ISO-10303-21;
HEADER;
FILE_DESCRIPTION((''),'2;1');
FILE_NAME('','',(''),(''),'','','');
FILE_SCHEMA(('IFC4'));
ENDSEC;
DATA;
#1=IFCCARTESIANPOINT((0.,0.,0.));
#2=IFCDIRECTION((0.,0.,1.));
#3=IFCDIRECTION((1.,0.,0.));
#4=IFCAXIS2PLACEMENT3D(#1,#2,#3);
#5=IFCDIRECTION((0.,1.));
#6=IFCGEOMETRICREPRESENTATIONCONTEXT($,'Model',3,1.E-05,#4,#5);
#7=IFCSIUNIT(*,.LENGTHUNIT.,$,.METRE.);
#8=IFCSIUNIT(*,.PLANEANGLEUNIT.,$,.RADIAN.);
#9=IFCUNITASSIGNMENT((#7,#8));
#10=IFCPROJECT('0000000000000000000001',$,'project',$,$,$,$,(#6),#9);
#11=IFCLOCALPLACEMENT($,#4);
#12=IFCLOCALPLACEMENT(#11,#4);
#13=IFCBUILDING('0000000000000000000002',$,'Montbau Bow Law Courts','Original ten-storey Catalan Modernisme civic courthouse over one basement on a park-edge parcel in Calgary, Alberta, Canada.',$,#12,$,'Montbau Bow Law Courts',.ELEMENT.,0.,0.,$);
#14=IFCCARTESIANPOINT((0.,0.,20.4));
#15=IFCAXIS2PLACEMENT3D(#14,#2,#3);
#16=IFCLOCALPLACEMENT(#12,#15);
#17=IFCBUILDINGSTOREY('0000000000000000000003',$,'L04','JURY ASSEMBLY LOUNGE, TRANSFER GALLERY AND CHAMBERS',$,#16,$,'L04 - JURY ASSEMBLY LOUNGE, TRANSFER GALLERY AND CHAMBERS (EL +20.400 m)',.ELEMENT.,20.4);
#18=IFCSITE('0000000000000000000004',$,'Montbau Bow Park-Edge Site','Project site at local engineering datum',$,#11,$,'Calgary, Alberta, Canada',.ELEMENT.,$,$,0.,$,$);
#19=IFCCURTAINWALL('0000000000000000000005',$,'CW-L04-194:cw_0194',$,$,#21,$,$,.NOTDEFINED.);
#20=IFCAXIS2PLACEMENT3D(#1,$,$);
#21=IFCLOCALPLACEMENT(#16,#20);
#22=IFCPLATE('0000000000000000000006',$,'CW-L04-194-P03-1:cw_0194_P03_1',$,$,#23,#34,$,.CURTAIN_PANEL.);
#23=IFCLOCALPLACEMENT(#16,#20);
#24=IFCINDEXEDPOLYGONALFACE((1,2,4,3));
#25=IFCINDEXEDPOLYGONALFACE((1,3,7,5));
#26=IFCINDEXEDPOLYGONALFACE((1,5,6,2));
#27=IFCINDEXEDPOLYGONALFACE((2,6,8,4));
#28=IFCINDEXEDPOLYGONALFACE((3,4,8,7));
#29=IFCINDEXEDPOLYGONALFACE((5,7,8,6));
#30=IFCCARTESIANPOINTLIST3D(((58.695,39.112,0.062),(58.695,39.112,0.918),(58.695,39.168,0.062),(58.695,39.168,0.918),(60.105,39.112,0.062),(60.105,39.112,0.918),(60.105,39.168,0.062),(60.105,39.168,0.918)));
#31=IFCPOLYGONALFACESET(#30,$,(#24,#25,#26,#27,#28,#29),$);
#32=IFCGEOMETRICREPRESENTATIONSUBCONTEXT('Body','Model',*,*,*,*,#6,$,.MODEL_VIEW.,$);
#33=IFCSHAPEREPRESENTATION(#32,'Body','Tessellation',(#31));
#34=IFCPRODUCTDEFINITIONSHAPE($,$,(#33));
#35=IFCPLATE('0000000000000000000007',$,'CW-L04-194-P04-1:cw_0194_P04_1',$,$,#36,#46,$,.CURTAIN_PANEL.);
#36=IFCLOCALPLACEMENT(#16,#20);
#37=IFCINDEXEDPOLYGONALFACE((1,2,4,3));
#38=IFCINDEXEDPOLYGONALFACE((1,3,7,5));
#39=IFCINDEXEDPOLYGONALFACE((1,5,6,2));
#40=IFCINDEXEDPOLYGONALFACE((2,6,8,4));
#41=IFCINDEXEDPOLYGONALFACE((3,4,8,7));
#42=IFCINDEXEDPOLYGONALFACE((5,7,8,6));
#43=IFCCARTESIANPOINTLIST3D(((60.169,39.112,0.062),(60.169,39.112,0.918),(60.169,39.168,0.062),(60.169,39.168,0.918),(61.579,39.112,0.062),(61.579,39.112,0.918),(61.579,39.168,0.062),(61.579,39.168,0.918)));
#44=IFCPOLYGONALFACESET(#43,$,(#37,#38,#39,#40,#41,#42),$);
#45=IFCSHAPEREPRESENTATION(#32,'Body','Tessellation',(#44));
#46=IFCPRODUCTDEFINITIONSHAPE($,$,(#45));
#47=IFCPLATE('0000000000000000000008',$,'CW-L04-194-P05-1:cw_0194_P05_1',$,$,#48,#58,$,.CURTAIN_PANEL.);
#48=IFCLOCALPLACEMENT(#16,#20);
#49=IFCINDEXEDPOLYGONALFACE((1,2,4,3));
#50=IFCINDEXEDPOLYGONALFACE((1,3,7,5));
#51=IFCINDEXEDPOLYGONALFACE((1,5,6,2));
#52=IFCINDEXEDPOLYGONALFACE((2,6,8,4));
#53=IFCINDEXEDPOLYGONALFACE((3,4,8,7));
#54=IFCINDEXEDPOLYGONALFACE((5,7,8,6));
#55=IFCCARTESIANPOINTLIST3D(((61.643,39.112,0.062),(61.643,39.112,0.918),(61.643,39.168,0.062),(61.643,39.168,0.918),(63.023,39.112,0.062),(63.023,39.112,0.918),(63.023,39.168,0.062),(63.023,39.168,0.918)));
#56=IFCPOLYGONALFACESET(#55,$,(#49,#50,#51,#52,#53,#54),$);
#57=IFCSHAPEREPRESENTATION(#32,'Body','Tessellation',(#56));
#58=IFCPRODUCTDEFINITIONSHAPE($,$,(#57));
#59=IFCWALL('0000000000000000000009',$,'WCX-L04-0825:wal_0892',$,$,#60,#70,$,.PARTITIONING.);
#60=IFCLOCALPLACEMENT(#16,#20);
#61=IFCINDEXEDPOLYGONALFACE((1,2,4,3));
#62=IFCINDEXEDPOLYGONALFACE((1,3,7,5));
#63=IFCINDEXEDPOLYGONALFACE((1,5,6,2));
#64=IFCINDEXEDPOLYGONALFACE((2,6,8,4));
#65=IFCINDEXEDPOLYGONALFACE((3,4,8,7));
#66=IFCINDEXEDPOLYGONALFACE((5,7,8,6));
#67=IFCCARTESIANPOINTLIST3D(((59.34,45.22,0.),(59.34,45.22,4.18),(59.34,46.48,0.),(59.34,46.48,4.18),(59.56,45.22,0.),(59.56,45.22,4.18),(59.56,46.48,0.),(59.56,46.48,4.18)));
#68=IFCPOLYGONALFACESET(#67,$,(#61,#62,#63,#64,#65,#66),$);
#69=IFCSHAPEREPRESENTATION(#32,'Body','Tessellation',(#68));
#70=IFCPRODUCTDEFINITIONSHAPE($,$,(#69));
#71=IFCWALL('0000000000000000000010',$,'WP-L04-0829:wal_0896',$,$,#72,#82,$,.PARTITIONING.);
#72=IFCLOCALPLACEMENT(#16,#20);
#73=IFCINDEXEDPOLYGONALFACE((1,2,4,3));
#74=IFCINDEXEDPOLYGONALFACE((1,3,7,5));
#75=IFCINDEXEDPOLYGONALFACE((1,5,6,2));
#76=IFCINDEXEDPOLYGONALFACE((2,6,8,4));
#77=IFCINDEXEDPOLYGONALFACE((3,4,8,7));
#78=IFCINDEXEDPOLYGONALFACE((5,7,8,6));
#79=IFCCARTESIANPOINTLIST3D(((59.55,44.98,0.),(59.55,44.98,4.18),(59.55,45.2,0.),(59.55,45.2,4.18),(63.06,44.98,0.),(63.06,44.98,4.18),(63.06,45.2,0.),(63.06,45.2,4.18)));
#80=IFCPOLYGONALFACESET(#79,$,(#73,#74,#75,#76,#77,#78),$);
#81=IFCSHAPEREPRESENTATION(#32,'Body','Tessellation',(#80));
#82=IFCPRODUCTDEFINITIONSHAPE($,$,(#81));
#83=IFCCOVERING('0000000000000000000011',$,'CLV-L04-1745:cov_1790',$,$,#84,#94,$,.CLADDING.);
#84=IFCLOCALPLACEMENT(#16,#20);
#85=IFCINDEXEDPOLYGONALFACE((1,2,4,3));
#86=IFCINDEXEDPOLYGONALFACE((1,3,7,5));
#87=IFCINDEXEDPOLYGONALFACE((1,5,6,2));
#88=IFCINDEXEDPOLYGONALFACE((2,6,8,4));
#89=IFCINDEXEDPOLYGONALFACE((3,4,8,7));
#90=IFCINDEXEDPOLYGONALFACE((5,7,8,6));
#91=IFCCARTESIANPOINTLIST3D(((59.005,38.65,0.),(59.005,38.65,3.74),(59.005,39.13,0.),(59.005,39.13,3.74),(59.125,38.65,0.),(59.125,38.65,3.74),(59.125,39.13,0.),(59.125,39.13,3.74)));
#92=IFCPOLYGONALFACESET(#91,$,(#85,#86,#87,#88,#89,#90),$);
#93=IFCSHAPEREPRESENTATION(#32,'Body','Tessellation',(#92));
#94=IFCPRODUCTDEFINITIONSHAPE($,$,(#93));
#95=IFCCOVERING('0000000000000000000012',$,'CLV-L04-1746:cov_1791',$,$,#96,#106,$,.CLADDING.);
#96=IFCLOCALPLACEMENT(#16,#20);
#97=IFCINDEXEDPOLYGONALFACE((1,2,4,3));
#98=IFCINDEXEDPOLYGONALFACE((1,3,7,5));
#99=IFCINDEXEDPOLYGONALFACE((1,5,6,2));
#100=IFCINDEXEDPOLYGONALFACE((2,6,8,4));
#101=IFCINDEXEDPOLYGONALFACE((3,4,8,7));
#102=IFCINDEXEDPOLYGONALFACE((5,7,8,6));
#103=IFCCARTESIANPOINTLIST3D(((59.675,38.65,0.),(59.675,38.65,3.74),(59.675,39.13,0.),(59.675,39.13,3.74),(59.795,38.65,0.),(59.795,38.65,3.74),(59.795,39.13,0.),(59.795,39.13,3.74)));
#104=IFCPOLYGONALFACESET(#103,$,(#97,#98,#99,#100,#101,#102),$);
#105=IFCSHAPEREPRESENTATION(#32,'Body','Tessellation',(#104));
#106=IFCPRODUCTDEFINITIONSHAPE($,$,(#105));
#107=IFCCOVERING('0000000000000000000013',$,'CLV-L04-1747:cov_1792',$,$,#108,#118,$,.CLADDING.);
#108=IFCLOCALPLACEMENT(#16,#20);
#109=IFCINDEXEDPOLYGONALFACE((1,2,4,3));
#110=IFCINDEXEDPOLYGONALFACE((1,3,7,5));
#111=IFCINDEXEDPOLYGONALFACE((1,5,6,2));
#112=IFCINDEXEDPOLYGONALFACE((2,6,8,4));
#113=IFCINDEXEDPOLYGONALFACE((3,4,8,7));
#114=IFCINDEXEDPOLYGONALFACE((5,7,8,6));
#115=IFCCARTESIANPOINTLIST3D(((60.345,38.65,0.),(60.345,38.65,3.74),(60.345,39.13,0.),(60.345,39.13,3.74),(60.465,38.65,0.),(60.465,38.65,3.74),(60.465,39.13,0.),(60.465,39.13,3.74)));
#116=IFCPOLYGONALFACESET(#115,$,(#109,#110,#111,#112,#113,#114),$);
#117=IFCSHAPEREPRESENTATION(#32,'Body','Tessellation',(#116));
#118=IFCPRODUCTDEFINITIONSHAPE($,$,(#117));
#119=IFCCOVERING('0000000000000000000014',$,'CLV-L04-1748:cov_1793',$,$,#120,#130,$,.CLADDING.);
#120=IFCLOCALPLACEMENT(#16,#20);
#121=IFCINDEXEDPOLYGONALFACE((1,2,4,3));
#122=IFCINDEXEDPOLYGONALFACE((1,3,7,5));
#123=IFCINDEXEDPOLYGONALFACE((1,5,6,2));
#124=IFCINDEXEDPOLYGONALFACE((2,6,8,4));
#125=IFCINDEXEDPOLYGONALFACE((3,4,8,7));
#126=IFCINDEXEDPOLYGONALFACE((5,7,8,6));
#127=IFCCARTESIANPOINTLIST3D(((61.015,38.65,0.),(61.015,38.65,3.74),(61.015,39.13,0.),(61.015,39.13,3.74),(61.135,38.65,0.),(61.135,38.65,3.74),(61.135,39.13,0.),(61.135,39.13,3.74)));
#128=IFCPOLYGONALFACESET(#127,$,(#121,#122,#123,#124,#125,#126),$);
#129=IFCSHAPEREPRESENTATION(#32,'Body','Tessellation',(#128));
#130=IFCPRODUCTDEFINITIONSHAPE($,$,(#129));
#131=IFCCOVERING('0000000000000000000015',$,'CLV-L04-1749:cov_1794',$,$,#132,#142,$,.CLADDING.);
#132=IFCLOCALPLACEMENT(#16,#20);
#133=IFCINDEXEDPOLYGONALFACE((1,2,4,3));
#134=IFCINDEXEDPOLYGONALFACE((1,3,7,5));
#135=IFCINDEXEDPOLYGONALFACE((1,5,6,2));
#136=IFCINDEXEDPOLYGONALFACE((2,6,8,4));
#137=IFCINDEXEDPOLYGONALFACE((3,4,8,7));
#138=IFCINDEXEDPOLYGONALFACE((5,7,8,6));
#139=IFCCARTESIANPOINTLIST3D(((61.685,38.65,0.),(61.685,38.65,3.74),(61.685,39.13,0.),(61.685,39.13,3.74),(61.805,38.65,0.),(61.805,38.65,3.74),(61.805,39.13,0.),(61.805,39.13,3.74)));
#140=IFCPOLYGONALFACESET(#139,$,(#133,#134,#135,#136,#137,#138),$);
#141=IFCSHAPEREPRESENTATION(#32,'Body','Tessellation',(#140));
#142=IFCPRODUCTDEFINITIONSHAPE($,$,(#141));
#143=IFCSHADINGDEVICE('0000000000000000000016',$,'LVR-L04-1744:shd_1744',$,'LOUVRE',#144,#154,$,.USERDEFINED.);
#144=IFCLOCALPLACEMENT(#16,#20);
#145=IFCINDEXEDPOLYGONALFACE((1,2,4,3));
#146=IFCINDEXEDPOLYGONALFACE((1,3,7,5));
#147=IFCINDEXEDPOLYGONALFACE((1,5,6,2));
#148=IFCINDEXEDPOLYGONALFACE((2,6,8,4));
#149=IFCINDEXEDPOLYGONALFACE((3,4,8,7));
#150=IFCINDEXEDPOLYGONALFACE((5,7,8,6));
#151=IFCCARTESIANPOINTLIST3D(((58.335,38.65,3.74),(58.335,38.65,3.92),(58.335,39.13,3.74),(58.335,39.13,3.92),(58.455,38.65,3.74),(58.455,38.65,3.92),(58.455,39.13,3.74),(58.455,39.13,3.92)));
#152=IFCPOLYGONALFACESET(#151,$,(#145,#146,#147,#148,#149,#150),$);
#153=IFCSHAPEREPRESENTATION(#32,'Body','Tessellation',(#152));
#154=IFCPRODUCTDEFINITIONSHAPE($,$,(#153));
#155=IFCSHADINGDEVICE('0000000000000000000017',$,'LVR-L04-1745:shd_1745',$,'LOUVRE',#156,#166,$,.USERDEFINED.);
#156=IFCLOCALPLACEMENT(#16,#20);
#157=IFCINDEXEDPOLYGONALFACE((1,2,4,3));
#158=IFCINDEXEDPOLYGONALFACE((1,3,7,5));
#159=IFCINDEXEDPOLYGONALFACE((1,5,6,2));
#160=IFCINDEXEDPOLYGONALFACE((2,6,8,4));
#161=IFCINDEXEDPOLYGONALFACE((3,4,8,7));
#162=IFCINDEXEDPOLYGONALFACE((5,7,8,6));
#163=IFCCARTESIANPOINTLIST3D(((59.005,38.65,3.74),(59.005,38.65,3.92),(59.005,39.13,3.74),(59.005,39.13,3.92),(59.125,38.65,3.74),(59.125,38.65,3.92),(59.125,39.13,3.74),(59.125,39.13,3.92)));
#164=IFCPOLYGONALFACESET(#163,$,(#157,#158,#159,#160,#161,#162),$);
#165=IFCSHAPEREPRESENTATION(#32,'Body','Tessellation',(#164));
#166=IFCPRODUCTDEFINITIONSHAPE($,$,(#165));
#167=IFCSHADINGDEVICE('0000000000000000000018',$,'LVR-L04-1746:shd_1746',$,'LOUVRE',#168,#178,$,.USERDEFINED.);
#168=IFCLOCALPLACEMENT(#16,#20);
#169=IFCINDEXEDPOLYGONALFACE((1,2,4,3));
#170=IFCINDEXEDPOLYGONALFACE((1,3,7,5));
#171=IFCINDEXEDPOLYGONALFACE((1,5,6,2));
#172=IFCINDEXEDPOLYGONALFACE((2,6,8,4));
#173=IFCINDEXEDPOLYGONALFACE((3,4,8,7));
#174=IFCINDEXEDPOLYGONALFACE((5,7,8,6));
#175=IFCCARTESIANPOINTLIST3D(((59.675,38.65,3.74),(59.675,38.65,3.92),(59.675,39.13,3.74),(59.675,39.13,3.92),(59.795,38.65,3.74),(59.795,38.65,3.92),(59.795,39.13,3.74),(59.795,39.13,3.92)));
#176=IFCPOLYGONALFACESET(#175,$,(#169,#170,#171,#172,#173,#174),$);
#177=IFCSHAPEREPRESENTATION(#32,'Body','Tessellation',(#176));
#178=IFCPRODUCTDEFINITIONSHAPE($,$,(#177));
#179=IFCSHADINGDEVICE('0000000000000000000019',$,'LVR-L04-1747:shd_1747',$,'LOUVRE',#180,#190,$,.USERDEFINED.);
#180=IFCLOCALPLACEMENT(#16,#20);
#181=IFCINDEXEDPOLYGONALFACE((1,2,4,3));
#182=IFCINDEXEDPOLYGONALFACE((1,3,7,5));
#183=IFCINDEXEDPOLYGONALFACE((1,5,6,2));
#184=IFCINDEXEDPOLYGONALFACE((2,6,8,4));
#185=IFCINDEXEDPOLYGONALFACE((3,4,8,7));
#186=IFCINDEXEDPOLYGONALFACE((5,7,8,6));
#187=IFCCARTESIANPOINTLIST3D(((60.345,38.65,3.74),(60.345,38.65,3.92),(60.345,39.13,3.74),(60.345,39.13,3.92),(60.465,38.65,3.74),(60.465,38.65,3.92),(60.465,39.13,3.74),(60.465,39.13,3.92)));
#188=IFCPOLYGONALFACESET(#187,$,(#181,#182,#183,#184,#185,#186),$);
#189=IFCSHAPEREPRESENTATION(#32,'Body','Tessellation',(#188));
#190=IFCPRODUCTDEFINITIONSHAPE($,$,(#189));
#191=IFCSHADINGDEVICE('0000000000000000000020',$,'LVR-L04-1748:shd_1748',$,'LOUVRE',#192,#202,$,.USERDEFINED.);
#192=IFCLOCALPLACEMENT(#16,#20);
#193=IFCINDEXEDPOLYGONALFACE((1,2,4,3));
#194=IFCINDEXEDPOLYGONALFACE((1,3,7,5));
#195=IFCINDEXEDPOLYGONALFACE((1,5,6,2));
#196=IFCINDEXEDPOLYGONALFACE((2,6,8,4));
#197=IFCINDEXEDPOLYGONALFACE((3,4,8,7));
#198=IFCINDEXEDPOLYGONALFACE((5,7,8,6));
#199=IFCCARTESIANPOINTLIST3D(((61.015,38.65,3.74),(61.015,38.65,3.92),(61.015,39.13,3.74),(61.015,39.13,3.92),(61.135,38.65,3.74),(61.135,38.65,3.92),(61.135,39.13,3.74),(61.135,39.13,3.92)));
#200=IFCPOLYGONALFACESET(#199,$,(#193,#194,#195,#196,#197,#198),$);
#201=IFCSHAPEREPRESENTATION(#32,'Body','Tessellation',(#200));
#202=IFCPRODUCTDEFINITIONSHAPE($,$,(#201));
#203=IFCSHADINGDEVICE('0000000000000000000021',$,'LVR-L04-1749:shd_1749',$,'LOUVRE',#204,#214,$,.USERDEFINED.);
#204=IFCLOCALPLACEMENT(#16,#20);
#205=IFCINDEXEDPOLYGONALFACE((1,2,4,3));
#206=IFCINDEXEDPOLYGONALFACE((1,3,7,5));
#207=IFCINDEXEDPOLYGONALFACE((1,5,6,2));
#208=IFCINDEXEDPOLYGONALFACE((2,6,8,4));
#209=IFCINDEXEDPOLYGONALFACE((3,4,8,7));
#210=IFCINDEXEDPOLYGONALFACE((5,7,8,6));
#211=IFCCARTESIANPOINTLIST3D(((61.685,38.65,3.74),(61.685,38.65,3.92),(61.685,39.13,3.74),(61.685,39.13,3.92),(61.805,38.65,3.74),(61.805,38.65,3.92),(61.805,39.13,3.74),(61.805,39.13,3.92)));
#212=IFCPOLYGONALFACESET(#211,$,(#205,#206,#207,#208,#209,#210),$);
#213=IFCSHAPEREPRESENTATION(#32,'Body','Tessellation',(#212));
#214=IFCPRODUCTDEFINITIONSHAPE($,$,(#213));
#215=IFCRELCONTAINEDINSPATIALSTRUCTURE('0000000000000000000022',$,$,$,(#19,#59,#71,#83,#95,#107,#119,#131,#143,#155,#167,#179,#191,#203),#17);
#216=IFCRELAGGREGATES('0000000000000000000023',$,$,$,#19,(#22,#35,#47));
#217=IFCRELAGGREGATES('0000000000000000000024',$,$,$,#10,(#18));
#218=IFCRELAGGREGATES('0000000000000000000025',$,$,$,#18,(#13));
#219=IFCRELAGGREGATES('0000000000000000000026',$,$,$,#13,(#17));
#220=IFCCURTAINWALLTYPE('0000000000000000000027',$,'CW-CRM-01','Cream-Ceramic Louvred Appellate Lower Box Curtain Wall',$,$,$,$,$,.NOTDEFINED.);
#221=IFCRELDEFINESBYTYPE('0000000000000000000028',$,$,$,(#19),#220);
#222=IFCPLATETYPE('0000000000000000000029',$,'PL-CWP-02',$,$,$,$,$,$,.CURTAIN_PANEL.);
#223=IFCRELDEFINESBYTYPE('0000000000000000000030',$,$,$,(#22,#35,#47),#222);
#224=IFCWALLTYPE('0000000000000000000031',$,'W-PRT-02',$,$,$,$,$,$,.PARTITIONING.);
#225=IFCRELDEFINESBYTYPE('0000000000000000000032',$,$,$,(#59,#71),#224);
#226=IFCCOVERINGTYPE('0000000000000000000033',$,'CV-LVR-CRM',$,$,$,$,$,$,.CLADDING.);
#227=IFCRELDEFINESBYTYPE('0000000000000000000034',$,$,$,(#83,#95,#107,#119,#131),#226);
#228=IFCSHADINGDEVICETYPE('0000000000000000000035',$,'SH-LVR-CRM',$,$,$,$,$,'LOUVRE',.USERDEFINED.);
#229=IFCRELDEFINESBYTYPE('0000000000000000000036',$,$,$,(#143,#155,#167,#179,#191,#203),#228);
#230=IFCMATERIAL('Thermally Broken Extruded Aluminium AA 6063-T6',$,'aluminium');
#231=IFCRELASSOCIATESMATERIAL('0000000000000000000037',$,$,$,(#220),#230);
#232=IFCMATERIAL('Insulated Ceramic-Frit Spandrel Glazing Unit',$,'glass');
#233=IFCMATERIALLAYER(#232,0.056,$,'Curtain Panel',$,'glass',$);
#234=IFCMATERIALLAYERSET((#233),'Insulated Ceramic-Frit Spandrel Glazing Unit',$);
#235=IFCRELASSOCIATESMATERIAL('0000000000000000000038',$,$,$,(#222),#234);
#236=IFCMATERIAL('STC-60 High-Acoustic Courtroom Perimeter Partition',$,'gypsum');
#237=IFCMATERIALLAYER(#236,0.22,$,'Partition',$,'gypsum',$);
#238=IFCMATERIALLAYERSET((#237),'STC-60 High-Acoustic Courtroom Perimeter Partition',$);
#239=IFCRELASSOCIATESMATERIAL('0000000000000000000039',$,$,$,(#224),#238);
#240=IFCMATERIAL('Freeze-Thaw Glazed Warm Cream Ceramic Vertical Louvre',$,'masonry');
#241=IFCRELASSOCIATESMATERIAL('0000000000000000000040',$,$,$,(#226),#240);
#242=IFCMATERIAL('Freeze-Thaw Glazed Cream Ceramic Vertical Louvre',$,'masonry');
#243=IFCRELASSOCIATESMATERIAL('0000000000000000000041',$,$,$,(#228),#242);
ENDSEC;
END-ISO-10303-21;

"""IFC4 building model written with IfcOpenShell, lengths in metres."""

from ifc_helpers import new_model, si_unit, direction, frame, frame_2d, origin_with_axes, origin_2d_with_axis, place, context, subcontext, project, spatial, rectangle, extrude, material, layer, layer_set, type_object, element, aggregate, save


model = new_model("IFC4")

# Units and contexts
model_context = context("Model", 3, precision=1e-05, world=origin_with_axes(), true_north=direction((0.0, 1.0)))
body_context = subcontext(model_context, "Body", "Model", "MODEL_VIEW")
ifc_project = project(units=[si_unit("LENGTHUNIT", "METRE"), si_unit("PLANEANGLEUNIT", "RADIAN")], contexts=[model_context])

# Site, building, storey
site_placement = place(None, origin_with_axes())
site = spatial("IfcSite", under=ifc_project, at=site_placement, Name="Montbau Bow Park-Edge Site", Description="Project site at local engineering datum", LongName="Calgary, Alberta, Canada", CompositionType="ELEMENT", RefElevation=0.0)
building_placement = place(site_placement, origin_with_axes())
building = spatial("IfcBuilding", under=site, at=building_placement, Name="Montbau Bow Law Courts", Description="Original ten-storey Catalan Modernisme civic courthouse over one basement on a park-edge parcel in Calgary, Alberta, Canada.", LongName="Montbau Bow Law Courts", CompositionType="ELEMENT", ElevationOfRefHeight=0.0, ElevationOfTerrain=0.0)
storey_placement = place(building_placement, frame((0.0, 0.0, 20.4), z_axis=(0.0, 0.0, 1.0), x_axis=(1.0, 0.0, 0.0)))
storey = spatial("IfcBuildingStorey", under=building, at=storey_placement, Name="L04", Description="JURY ASSEMBLY LOUNGE, TRANSFER GALLERY AND CHAMBERS", LongName="L04 - JURY ASSEMBLY LOUNGE, TRANSFER GALLERY AND CHAMBERS (EL +20.400 m)", CompositionType="ELEMENT", Elevation=20.4)

# Curtain wall, plates
ifc_material_1 = material(Name="Thermally Broken Extruded Aluminium AA 6063-T6", Category="aluminium")
curtain_wall_type = type_object("IfcCurtainWallType", Name="CW-CRM-01", Description="Cream-Ceramic Louvred Appellate Lower Box Curtain Wall", PredefinedType="NOTDEFINED", material=ifc_material_1)
curtain_wall_placement = place(None, frame((55.715, 39.14, 20.4), z_axis=(0.0, 0.0, 1.0), x_axis=(1.0, 0.0, 0.0)))
curtain_wall = element("IfcCurtainWall", 1, at=curtain_wall_placement, inside=storey, type_object=curtain_wall_type, Name="CW-L04-194:cw_0194", PredefinedType="NOTDEFINED")
ifc_material_2 = material(Name="Insulated Ceramic-Frit Spandrel Glazing Unit", Category="glass")
ifc_layer_1 = layer(ifc_material_2, 0.056, Name="Curtain Panel", Category="glass")
ifc_layer_set_1 = layer_set([ifc_layer_1], Name="Insulated Ceramic-Frit Spandrel Glazing Unit")
plate_type_1 = type_object("IfcPlateType", Name="PL-CWP-02", PredefinedType="CURTAIN_PANEL", material=ifc_layer_set_1)
plate_1_placement = place(None, frame((58.695, 39.14, 20.462), z_axis=(0.0, -1.0, 0.0), x_axis=(1.0, 0.0, 0.0)))
plate_1 = element("IfcPlate", 2, at=plate_1_placement, type_object=plate_type_1, Name="CW-L04-194-P03-1:cw_0194_P03_1", PredefinedType="CURTAIN_PANEL", context=body_context, shape_type="SweptSolid", body=[
    extrude(rectangle(XDim=1.41, YDim=0.856, at=frame_2d((0.705, 0.428), x_axis=(1.0, 0.0))), frame((0.0, 0.0, -0.028), z_axis=(0.0, 0.0, 1.0), x_axis=(1.0, 0.0, 0.0)), (0.0, 0.0, 1.0), 0.056),
])
plate_2_placement = place(None, frame((60.169, 39.14, 20.462), z_axis=(0.0, -1.0, 0.0), x_axis=(1.0, 0.0, 0.0)))
plate_2 = element("IfcPlate", 3, at=plate_2_placement, type_object=plate_type_1, Name="CW-L04-194-P04-1:cw_0194_P04_1", PredefinedType="CURTAIN_PANEL", context=body_context, shape_type="SweptSolid", body=[
    extrude(rectangle(XDim=1.41, YDim=0.856, at=frame_2d((0.705, 0.428), x_axis=(1.0, 0.0))), frame((0.0, 0.0, -0.028), z_axis=(0.0, 0.0, 1.0), x_axis=(1.0, 0.0, 0.0)), (0.0, 0.0, 1.0), 0.056),
])
plate_3_placement = place(None, frame((61.643, 39.14, 20.462), z_axis=(0.0, -1.0, 0.0), x_axis=(1.0, 0.0, 0.0)))
plate_3 = element("IfcPlate", 4, at=plate_3_placement, type_object=plate_type_1, Name="CW-L04-194-P05-1:cw_0194_P05_1", PredefinedType="CURTAIN_PANEL", context=body_context, shape_type="SweptSolid", body=[
    extrude(rectangle(XDim=1.38, YDim=0.856, at=frame_2d((0.69, 0.428), x_axis=(1.0, 0.0))), frame((0.0, 0.0, -0.028), z_axis=(0.0, 0.0, 1.0), x_axis=(1.0, 0.0, 0.0)), (0.0, 0.0, 1.0), 0.056),
])
aggregate(curtain_wall, [plate_1, plate_2, plate_3])

# Walls
ifc_material_3 = material(Name="STC-60 High-Acoustic Courtroom Perimeter Partition", Category="gypsum")
ifc_layer_2 = layer(ifc_material_3, 0.22, Name="Partition", Category="gypsum")
ifc_layer_set_2 = layer_set([ifc_layer_2], Name="STC-60 High-Acoustic Courtroom Perimeter Partition")
wall_type = type_object("IfcWallType", Name="W-PRT-02", PredefinedType="PARTITIONING", material=ifc_layer_set_2)
wall_1_placement = place(None, frame((59.45, 45.22, 20.4), z_axis=(0.0, 0.0, 1.0), x_axis=(0.0, 1.0, 0.0)))
element("IfcWall", 5, at=wall_1_placement, inside=storey, type_object=wall_type, Name="WCX-L04-0825:wal_0892", PredefinedType="PARTITIONING", context=body_context, shape_type="SweptSolid", body=[
    extrude(rectangle(XDim=1.26, YDim=0.22, at=frame_2d((0.63, 0.0), x_axis=(1.0, 0.0))), origin_with_axes(), (0.0, 0.0, 1.0), 4.18),
])
wall_2_placement = place(None, frame((59.55, 45.09, 20.4), z_axis=(0.0, 0.0, 1.0), x_axis=(1.0, 0.0, 0.0)))
element("IfcWall", 6, at=wall_2_placement, inside=storey, type_object=wall_type, Name="WP-L04-0829:wal_0896", PredefinedType="PARTITIONING", context=body_context, shape_type="SweptSolid", body=[
    extrude(rectangle(XDim=3.51, YDim=0.22, at=frame_2d((1.755, 0.0), x_axis=(1.0, 0.0))), origin_with_axes(), (0.0, 0.0, 1.0), 4.18),
])

# Coverings
ifc_material_4 = material(Name="Freeze-Thaw Glazed Warm Cream Ceramic Vertical Louvre", Category="masonry")
covering_type = type_object("IfcCoveringType", Name="CV-LVR-CRM", PredefinedType="CLADDING", material=ifc_material_4)
for number, where, z_axis, x_axis, name in (
    (7, (59.065, 39.13, 20.4), (-1.0, 0.0, 0.0), (0.0, -1.0, 0.0), "CLV-L04-1745:cov_1790"),
    (8, (59.735, 39.13, 20.4), (-1.0, 0.0, 0.0), (0.0, -1.0, 0.0), "CLV-L04-1746:cov_1791"),
    (9, (60.405, 39.13, 20.4), (-1.0, 0.0, 0.0), (0.0, -1.0, 0.0), "CLV-L04-1747:cov_1792"),
    (10, (61.075, 39.13, 20.4), (-1.0, 0.0, 0.0), (0.0, -1.0, 0.0), "CLV-L04-1748:cov_1793"),
    (11, (61.745, 39.13, 20.4), (-1.0, 0.0, 0.0), (0.0, -1.0, 0.0), "CLV-L04-1749:cov_1794"),
):
    element("IfcCovering", number, at=place(None, frame(where, z_axis=z_axis, x_axis=x_axis)), inside=storey, type_object=covering_type, Name=name, PredefinedType="CLADDING", context=body_context, shape_type="SweptSolid", body=[
        extrude(rectangle(XDim=0.48, YDim=3.74, at=frame_2d((0.24, 1.87), x_axis=(1.0, 0.0))), frame((0.0, 0.0, -0.06), z_axis=(0.0, 0.0, 1.0), x_axis=(1.0, 0.0, 0.0)), (0.0, 0.0, 1.0), 0.12),
    ])

# Shading devices
ifc_material_5 = material(Name="Freeze-Thaw Glazed Cream Ceramic Vertical Louvre", Category="masonry")
shading_device_type = type_object("IfcShadingDeviceType", Name="SH-LVR-CRM", ElementType="LOUVRE", PredefinedType="USERDEFINED", material=ifc_material_5)
for number, where, z_axis, x_axis, name in (
    (12, (58.395, 38.89, 24.14), (0.0, 0.0, 1.0), (0.0, -1.0, 0.0), "LVR-L04-1744:shd_1744"),
    (13, (59.065, 38.89, 24.14), (0.0, 0.0, 1.0), (0.0, -1.0, 0.0), "LVR-L04-1745:shd_1745"),
    (14, (59.735, 38.89, 24.14), (0.0, 0.0, 1.0), (0.0, -1.0, 0.0), "LVR-L04-1746:shd_1746"),
    (15, (60.405, 38.89, 24.14), (0.0, 0.0, 1.0), (0.0, -1.0, 0.0), "LVR-L04-1747:shd_1747"),
    (16, (61.075, 38.89, 24.14), (0.0, 0.0, 1.0), (0.0, -1.0, 0.0), "LVR-L04-1748:shd_1748"),
    (17, (61.745, 38.89, 24.14), (0.0, 0.0, 1.0), (0.0, -1.0, 0.0), "LVR-L04-1749:shd_1749"),
):
    element("IfcShadingDevice", number, at=place(None, frame(where, z_axis=z_axis, x_axis=x_axis)), inside=storey, type_object=shading_device_type, Name=name, ObjectType="LOUVRE", PredefinedType="USERDEFINED", context=body_context, shape_type="SweptSolid", body=[
        extrude(rectangle(XDim=0.48, YDim=0.12, at=origin_2d_with_axis()), origin_with_axes(), (0.0, 0.0, 1.0), 0.18),
    ])

save(model, "model.ifc")
